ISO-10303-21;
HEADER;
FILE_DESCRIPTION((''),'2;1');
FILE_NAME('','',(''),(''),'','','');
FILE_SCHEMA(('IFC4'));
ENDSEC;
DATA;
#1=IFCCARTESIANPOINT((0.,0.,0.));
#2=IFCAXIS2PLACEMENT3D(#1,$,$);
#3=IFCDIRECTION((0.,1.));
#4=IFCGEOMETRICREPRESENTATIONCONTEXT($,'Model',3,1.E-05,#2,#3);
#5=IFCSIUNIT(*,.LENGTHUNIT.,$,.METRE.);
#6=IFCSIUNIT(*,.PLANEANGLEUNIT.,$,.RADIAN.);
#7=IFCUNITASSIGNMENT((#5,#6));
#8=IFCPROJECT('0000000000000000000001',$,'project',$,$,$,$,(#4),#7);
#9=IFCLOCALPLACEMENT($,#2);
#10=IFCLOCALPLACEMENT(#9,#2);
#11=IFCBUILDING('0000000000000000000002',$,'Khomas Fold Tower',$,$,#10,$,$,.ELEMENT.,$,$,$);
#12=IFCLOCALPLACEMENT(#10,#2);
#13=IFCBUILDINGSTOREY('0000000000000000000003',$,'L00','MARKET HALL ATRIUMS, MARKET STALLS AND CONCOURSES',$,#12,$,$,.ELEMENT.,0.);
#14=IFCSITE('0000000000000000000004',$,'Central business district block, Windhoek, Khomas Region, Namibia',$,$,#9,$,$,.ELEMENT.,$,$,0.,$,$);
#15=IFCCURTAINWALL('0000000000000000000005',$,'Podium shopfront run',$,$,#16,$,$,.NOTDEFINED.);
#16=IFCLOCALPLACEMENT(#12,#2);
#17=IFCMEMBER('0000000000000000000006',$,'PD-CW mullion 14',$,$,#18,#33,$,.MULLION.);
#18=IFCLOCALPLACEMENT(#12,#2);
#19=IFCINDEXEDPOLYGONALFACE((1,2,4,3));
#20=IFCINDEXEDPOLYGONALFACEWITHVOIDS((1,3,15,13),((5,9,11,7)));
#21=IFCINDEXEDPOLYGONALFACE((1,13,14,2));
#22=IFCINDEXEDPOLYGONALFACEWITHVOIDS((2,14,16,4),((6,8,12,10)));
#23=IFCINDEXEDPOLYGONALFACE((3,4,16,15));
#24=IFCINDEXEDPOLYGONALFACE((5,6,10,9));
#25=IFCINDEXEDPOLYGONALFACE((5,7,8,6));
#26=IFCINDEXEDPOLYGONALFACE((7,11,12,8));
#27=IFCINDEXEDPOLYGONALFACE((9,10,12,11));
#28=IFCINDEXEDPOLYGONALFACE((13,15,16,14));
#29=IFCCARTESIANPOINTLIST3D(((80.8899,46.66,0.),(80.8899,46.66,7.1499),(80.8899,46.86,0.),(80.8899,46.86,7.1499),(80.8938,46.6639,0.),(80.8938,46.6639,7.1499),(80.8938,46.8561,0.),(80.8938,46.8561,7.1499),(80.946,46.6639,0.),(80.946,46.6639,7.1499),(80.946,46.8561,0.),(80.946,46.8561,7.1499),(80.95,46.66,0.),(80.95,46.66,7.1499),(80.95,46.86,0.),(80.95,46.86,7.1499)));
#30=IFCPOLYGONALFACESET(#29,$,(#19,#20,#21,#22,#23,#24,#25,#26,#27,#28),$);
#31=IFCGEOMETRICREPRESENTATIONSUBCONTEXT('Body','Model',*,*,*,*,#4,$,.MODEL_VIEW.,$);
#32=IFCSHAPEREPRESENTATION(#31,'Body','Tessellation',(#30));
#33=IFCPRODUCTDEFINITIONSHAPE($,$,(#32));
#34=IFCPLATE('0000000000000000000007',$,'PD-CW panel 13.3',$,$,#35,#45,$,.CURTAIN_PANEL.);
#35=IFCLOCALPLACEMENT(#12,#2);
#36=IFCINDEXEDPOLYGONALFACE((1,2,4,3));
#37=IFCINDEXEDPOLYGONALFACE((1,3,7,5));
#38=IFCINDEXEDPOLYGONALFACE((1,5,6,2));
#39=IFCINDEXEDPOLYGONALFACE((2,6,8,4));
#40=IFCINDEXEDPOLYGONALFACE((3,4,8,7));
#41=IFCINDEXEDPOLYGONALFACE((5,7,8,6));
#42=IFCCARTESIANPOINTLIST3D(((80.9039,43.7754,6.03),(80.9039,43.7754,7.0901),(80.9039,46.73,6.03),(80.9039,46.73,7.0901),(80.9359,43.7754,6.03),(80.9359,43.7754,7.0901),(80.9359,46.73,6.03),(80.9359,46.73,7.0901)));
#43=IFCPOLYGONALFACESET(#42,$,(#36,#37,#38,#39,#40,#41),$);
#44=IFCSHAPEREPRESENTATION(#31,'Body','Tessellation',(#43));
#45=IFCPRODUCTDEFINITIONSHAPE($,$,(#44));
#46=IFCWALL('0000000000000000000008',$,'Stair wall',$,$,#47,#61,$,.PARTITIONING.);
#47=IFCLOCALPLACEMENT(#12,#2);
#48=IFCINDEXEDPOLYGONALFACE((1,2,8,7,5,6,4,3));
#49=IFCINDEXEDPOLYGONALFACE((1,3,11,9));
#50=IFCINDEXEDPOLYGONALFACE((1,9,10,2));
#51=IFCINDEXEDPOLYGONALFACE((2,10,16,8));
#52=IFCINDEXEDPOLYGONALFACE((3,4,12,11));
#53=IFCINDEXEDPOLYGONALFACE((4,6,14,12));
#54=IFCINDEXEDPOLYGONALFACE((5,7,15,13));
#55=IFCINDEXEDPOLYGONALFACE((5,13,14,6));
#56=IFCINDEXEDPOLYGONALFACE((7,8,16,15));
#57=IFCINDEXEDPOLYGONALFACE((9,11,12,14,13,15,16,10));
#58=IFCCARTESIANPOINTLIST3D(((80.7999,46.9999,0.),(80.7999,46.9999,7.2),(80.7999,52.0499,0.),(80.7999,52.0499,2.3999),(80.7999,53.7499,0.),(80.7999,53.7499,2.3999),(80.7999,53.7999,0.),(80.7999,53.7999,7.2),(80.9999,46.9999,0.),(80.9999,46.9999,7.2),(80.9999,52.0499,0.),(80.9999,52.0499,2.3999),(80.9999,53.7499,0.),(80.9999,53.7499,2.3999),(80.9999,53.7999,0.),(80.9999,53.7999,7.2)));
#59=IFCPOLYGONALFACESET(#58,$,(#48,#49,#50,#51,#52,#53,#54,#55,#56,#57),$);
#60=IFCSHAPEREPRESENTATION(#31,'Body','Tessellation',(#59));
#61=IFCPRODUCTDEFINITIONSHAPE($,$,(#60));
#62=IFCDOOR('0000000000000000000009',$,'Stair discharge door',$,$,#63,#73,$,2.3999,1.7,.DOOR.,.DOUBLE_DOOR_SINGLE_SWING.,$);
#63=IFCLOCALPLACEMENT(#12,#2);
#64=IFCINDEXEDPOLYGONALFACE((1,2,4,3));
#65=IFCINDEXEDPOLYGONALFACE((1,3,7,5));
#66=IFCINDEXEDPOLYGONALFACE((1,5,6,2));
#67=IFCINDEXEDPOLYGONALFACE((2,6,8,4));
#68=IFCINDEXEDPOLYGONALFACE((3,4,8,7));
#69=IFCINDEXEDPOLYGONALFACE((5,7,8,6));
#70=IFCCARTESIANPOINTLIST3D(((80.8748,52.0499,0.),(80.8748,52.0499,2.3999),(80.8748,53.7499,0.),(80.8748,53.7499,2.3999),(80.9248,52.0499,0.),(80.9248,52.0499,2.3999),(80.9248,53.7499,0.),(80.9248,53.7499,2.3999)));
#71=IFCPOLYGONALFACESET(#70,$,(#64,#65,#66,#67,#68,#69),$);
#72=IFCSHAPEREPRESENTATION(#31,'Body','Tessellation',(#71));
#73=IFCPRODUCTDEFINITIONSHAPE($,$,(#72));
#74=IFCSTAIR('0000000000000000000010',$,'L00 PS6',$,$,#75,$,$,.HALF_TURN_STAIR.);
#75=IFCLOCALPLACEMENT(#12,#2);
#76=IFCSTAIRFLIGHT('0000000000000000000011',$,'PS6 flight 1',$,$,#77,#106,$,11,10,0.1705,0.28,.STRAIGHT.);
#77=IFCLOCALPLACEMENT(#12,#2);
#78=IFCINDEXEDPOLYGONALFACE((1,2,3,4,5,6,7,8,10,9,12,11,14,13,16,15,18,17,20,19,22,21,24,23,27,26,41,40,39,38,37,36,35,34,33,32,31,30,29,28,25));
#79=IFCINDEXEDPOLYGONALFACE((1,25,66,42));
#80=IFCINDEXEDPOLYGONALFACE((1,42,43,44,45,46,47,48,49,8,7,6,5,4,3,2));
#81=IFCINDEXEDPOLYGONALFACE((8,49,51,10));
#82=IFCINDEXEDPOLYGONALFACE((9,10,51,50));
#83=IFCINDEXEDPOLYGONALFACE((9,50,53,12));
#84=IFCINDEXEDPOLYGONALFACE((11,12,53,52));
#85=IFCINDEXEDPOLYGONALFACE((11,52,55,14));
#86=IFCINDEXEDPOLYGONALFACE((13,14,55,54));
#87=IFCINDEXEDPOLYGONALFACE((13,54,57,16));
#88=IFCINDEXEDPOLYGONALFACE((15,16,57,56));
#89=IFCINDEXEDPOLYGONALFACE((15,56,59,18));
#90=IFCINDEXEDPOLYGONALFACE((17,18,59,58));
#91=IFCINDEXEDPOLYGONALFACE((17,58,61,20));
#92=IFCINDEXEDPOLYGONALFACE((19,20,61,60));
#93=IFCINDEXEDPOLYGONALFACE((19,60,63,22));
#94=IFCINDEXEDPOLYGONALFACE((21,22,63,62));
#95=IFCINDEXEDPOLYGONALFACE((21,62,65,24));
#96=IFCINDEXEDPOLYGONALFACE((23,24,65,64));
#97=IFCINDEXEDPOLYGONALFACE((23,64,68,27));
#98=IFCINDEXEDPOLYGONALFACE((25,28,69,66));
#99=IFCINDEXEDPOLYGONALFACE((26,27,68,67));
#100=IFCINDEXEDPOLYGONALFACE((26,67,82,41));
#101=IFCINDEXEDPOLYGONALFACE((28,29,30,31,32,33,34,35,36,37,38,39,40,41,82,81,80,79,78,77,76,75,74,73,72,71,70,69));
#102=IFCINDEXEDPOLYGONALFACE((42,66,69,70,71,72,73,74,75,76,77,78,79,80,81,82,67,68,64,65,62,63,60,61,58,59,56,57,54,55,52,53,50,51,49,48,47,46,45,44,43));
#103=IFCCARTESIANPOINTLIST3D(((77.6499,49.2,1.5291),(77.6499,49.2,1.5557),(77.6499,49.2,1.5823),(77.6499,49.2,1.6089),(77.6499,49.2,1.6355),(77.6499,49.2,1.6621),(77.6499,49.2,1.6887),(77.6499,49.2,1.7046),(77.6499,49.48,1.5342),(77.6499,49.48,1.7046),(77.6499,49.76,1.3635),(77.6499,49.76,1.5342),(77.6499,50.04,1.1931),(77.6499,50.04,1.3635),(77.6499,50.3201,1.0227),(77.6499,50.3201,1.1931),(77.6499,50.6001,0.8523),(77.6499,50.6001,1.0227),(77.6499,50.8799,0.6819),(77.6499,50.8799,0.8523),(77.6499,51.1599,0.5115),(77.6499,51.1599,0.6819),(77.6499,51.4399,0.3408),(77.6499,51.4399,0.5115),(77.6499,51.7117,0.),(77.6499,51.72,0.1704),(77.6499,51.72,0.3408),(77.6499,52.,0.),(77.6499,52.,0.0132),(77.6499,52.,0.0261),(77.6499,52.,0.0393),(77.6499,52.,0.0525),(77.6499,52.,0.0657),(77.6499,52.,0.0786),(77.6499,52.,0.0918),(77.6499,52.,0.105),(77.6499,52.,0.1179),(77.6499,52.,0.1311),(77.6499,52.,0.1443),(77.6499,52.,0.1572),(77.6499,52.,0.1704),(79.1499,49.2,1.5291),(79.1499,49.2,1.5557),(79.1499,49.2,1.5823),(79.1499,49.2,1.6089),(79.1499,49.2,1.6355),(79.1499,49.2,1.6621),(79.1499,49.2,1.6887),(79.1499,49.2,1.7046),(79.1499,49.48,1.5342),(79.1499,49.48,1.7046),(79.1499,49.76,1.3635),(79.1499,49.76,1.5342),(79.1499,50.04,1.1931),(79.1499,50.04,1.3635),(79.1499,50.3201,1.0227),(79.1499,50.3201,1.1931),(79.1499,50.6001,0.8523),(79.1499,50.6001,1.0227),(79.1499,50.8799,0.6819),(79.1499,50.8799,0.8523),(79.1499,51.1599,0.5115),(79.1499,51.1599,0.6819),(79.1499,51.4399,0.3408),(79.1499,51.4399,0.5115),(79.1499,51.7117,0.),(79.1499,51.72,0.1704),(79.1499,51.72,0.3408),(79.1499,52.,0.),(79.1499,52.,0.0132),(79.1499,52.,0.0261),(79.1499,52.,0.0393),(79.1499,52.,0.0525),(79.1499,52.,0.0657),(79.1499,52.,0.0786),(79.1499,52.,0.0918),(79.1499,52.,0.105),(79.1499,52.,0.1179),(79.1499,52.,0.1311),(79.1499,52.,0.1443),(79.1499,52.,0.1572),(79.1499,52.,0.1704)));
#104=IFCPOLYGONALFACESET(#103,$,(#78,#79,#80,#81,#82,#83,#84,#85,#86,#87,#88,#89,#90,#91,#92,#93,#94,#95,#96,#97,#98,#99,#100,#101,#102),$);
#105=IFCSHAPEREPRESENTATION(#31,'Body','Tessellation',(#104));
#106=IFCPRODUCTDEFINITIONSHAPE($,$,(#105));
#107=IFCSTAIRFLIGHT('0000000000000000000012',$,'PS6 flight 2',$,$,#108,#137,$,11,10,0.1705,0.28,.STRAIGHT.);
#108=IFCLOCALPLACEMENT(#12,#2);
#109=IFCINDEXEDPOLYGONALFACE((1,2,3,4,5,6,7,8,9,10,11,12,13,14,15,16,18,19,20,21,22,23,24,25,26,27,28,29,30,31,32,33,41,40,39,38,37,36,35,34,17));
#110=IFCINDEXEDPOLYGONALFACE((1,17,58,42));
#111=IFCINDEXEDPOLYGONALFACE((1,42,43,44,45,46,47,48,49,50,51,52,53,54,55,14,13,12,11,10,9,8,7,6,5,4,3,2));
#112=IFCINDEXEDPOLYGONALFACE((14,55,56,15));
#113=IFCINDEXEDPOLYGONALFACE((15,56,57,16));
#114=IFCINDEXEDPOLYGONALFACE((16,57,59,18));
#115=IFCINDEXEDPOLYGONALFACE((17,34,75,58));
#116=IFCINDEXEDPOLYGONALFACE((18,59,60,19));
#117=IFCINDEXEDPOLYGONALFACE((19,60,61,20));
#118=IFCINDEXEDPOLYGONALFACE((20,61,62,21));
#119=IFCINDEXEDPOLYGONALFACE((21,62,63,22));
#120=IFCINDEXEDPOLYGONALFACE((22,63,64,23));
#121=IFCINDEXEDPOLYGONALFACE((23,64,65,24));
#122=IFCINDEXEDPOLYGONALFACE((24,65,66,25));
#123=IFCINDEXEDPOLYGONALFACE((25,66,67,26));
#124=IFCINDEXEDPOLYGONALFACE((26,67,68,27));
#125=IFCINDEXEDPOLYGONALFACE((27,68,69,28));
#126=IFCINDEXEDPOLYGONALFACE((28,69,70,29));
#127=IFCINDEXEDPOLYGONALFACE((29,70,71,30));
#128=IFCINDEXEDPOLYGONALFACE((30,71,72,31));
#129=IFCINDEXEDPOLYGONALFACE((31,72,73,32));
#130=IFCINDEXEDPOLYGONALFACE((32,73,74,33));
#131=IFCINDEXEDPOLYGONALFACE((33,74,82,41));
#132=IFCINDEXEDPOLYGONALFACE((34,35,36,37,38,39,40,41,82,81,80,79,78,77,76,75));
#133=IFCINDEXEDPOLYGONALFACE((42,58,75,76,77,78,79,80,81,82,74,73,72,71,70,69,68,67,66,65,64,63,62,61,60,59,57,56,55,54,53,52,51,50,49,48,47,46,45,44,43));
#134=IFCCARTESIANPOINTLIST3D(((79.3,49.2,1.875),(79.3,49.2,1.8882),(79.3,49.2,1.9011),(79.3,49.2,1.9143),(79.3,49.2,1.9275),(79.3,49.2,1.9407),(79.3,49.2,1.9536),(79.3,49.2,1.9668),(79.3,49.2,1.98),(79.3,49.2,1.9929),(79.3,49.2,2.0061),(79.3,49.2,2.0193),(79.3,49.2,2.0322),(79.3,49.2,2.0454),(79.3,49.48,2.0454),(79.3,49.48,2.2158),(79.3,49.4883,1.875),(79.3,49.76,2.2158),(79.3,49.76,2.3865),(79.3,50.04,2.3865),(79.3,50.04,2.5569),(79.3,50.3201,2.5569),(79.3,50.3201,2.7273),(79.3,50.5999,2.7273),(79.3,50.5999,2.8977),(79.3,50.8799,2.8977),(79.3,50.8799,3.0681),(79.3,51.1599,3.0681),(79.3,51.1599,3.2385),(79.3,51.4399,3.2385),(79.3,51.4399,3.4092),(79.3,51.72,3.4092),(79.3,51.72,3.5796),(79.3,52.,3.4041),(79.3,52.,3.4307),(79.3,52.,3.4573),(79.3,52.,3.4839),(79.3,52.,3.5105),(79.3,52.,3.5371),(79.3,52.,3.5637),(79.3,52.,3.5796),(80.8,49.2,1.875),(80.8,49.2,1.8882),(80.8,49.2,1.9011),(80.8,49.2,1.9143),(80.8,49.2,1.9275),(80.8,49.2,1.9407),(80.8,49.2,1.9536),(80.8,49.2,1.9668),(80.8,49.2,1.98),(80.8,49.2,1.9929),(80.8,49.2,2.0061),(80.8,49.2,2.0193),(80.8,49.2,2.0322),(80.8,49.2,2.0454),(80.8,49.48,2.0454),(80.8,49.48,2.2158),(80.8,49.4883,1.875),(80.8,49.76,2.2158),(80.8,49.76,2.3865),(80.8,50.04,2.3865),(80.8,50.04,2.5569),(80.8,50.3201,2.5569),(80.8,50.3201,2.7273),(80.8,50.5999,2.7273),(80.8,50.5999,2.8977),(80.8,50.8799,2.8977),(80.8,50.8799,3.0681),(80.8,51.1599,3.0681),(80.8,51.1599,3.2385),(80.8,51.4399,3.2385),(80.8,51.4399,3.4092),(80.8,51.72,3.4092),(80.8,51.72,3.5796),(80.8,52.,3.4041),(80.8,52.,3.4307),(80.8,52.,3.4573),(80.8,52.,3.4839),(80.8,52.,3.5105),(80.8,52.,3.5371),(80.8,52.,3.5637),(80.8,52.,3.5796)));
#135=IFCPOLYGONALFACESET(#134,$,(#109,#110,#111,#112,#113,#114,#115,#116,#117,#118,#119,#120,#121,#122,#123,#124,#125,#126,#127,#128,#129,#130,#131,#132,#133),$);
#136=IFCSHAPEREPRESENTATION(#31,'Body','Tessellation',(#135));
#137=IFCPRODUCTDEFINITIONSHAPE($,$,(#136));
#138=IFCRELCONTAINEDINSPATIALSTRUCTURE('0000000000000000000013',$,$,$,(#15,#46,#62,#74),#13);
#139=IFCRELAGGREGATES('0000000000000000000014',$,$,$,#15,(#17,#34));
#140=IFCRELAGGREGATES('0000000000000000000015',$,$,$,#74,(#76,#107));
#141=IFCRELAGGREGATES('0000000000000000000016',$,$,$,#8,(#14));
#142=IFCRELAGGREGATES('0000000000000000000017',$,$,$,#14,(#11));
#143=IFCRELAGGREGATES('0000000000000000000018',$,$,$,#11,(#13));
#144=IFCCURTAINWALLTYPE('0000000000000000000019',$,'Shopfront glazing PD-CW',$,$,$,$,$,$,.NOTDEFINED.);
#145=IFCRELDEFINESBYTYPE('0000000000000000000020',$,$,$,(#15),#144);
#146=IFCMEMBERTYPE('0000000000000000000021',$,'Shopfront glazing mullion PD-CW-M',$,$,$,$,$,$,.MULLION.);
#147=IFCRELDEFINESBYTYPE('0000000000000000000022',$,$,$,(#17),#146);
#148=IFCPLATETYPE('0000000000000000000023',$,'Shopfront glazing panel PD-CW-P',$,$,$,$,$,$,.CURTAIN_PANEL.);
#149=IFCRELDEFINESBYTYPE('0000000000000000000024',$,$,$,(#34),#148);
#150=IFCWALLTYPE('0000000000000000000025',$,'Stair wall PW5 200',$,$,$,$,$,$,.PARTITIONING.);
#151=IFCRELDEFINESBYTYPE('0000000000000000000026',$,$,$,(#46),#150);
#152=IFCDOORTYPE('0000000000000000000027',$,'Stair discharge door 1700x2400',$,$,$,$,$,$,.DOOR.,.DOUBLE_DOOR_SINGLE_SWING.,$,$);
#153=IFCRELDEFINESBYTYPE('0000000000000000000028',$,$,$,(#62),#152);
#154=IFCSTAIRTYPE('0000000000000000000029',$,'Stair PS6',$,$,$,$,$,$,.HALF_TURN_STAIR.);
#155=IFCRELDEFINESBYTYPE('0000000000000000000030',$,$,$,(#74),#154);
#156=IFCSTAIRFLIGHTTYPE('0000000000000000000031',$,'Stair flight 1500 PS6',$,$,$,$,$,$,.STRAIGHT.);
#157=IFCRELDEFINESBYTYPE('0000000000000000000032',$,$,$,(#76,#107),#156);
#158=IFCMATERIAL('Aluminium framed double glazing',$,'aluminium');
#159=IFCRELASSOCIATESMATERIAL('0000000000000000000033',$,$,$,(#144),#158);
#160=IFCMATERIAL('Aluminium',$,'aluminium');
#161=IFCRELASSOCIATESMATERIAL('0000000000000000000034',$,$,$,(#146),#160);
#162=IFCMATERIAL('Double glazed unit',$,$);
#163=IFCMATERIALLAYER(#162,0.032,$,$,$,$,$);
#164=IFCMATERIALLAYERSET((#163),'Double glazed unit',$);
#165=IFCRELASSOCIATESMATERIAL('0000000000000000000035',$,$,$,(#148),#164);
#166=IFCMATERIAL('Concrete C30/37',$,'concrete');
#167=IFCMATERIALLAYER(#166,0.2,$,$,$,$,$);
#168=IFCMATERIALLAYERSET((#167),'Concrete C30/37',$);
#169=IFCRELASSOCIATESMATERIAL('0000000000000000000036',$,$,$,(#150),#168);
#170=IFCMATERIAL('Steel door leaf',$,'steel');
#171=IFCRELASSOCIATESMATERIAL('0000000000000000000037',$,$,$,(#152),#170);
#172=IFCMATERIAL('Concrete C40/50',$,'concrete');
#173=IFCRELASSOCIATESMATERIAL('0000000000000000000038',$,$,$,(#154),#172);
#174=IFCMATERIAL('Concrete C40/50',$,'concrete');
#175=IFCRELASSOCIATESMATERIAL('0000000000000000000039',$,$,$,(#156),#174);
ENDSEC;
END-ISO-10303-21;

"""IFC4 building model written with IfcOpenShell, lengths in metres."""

from ifc_helpers import new_model, si_unit, direction, frame, frame_2d, origin, origin_2d, place, context, subcontext, project, spatial, polyline, rectangle, hollow_rectangle, outline, extrude, source, transform, mapped, material, layer, layer_set, material_profile, profile_set, type_object, element, fill, aggregate, save


model = new_model("IFC4")

# Units and contexts
model_context = context("Model", 3, precision=1e-05, world=origin(), true_north=direction((0.0, 1.0)))
body_context = subcontext(model_context, "Body", "Model", "MODEL_VIEW")
ifc_project = project(units=[si_unit("LENGTHUNIT", "METRE"), si_unit("PLANEANGLEUNIT", "RADIAN")], contexts=[model_context])

# Site, building, storey
site_placement = place(None, origin())
site = spatial("IfcSite", under=ifc_project, at=site_placement, Name="Central business district block, Windhoek, Khomas Region, Namibia", CompositionType="ELEMENT", RefElevation=0.0)
building_placement = place(site_placement, origin())
building = spatial("IfcBuilding", under=site, at=building_placement, Name="Khomas Fold Tower", CompositionType="ELEMENT")
storey_placement = place(building_placement, origin())
storey = spatial("IfcBuildingStorey", under=building, at=storey_placement, Name="L00", Description="MARKET HALL ATRIUMS, MARKET STALLS AND CONCOURSES", CompositionType="ELEMENT", Elevation=0.0)

# Curtain wall, member, plate
ifc_material_1 = material(Name="Aluminium framed double glazing", Category="aluminium")
curtain_wall_type = type_object("IfcCurtainWallType", Name="Shopfront glazing PD-CW", PredefinedType="NOTDEFINED", material=ifc_material_1)
curtain_wall_placement = place(storey_placement, origin())
curtain_wall = element("IfcCurtainWall", 1, at=curtain_wall_placement, inside=storey, type_object=curtain_wall_type, Name="Podium shopfront run", PredefinedType="NOTDEFINED")
ifc_material_2 = material(Name="Aluminium", Category="aluminium")
ifc_material_profile = material_profile(ifc_material_2, hollow_rectangle(XDim=0.0601, YDim=0.2, WallThickness=0.0039, at=origin_2d()), Name="Shopfront glazing mullion PD-CW-M")
ifc_profile_set = profile_set([ifc_material_profile], Name="Aluminium")
member_type = type_object("IfcMemberType", Name="Shopfront glazing mullion PD-CW-M", PredefinedType="MULLION", material=ifc_profile_set)
shared_shape_1 = source(origin(), body_context, "Body", "SweptSolid", [
    extrude(hollow_rectangle(XDim=0.0601, YDim=0.2, WallThickness=0.0039, at=origin_2d()), origin(), (0.0, 0.0, 1.0), 7.1499),
])
member_placement = place(storey_placement, frame((80.9199, 46.76, 0.0), z_axis=(0.0, 0.0, 1.0), x_axis=(-1.0, 0.0, 0.0)))
member = element("IfcMember", 2, at=member_placement, type_object=member_type, Name="PD-CW mullion 14", PredefinedType="MULLION", context=body_context, shape_type="MappedRepresentation", body=[
    mapped(shared_shape_1, transform((0.0, 0.0, 0.0))),
])
ifc_material_3 = material(Name="Double glazed unit")
ifc_layer_1 = layer(ifc_material_3, 0.032)
ifc_layer_set_1 = layer_set([ifc_layer_1], Name="Double glazed unit")
plate_type = type_object("IfcPlateType", Name="Shopfront glazing panel PD-CW-P", PredefinedType="CURTAIN_PANEL", material=ifc_layer_set_1)
shared_shape_2 = source(origin(), body_context, "Body", "SweptSolid", [
    extrude(rectangle(XDim=2.9546, YDim=0.032, at=origin_2d()), origin(), (0.0, 0.0, 1.0), 1.0601),
])
plate_placement = place(storey_placement, frame((80.9199, 45.2527, 6.03), z_axis=(0.0, 0.0, 1.0), x_axis=(0.0, 1.0, 0.0)))
plate = element("IfcPlate", 3, at=plate_placement, type_object=plate_type, Name="PD-CW panel 13.3", PredefinedType="CURTAIN_PANEL", context=body_context, shape_type="MappedRepresentation", body=[
    mapped(shared_shape_2, transform((0.0, 0.0, 0.0))),
])
aggregate(curtain_wall, [member, plate])

# Wall, opening, door
ifc_material_4 = material(Name="Concrete C30/37", Category="concrete")
ifc_layer_2 = layer(ifc_material_4, 0.2)
ifc_layer_set_2 = layer_set([ifc_layer_2], Name="Concrete C30/37")
wall_type = type_object("IfcWallType", Name="Stair wall PW5 200", PredefinedType="PARTITIONING", material=ifc_layer_set_2)
shared_shape_3 = source(origin(), body_context, "Body", "SweptSolid", [
    extrude(rectangle(XDim=6.8, YDim=0.2, at=frame_2d((3.3999, 0.0))), origin(), (0.0, 0.0, 1.0), 7.2),
])
wall_placement = place(storey_placement, frame((80.8999, 47.0, 0.0), z_axis=(0.0, 0.0, 1.0), x_axis=(0.0, 1.0, 0.0)))
wall = element("IfcWall", 4, at=wall_placement, inside=storey, type_object=wall_type, Name="Stair wall", PredefinedType="PARTITIONING", context=body_context, shape_type="MappedRepresentation", body=[
    mapped(shared_shape_3, transform((0.0, 0.0, 0.0))),
])
shared_shape_4 = source(origin(), body_context, "Body", "SweptSolid", [
    extrude(rectangle(XDim=1.7, YDim=2.3999, at=frame_2d((0.8501, 1.2))), frame((0.0, 0.1099, 0.0), z_axis=(0.0, -1.0, 0.0), x_axis=(1.0, 0.0, 0.0)), (0.0, 0.0, 1.0), 0.22),
])
opening_placement = place(wall_placement, frame((6.75, 0.0, 0.0), z_axis=(0.0, 0.0, 1.0), x_axis=(-1.0, 0.0, 0.0)))
opening = element("IfcOpeningElement", 5, at=opening_placement, cuts=wall, PredefinedType="OPENING", context=body_context, shape_type="MappedRepresentation", body=[
    mapped(shared_shape_4, transform((0.0, 0.0, 0.0))),
])
ifc_material_5 = material(Name="Steel door leaf", Category="steel")
door_type = type_object("IfcDoorType", Name="Stair discharge door 1700x2400", OperationType="DOUBLE_DOOR_SINGLE_SWING", PredefinedType="DOOR", material=ifc_material_5)
shared_shape_5 = source(origin(), body_context, "Body", "SweptSolid", [
    extrude(rectangle(XDim=1.7, YDim=2.3999, at=frame_2d((0.8501, 1.2))), frame((0.0, 0.0249, 0.0), z_axis=(0.0, -1.0, 0.0), x_axis=(1.0, 0.0, 0.0)), (0.0, 0.0, 1.0), 0.05),
])
door_placement = place(opening_placement, origin())
door = element("IfcDoor", 6, at=door_placement, inside=storey, type_object=door_type, Name="Stair discharge door", OperationType="DOUBLE_DOOR_SINGLE_SWING", OverallHeight=2.3999, OverallWidth=1.7, PredefinedType="DOOR", context=body_context, shape_type="MappedRepresentation", body=[
    mapped(shared_shape_5, transform((0.0, 0.0, 0.0))),
])
fill(opening, door)

# Stair, stair flights
ifc_material_6 = material(Name="Concrete C40/50", Category="concrete")
stair_type = type_object("IfcStairType", Name="Stair PS6", PredefinedType="HALF_TURN_STAIR", material=ifc_material_6)
stair_placement = place(storey_placement, origin())
stair = element("IfcStair", 7, at=stair_placement, inside=storey, type_object=stair_type, Name="L00 PS6", PredefinedType="HALF_TURN_STAIR")
ifc_material_7 = material(Name="Concrete C40/50", Category="concrete")
stair_flight_type = type_object("IfcStairFlightType", Name="Stair flight 1500 PS6", PredefinedType="STRAIGHT", material=ifc_material_7)
shared_shape_6 = source(origin(), body_context, "Body", "SweptSolid", [
    extrude(outline(polyline([(0.0, 0.0), (0.0, 0.0132), (0.0, 0.0261), (0.0, 0.0393), (0.0, 0.0525), (0.0, 0.0657), (0.0, 0.0786), (0.0, 0.0918), (0.0, 0.105), (0.0, 0.1179), (0.0, 0.1311), (0.0, 0.1443), (0.0, 0.1572), (0.0, 0.1704), (0.28, 0.1704), (0.28, 0.3408), (0.5601, 0.3408), (0.5601, 0.5115), (0.8401, 0.5115), (0.8401, 0.6819), (1.1201, 0.6819), (1.1201, 0.8523), (1.3999, 0.8523), (1.3999, 1.0227), (1.6799, 1.0227), (1.6799, 1.1931), (1.96, 1.1931), (1.96, 1.3635), (2.24, 1.3635), (2.24, 1.5342), (2.52, 1.5342), (2.52, 1.7046), (2.8, 1.7046), (2.8, 1.875), (2.8, 1.8484), (2.8, 1.8218), (2.8, 1.7952), (2.8, 1.7686), (2.8, 1.7419), (2.8, 1.7153), (2.8, 1.6887), (2.8, 1.6621), (2.8, 1.6355), (2.8, 1.6089), (2.8, 1.5823), (2.8, 1.5557), (2.8, 1.5291), (0.2883, 0.0), (0.0, 0.0)])), frame((0.0, 0.75, 0.0), z_axis=(0.0, -1.0, 0.0), x_axis=(1.0, 0.0, 0.0)), (0.0, 0.0, 1.0), 1.5),
])
stair_flight_1_placement = place(storey_placement, frame((78.3999, 52.0, 0.0), z_axis=(0.0, 0.0, 1.0), x_axis=(0.0, -1.0, 0.0)))
stair_flight_1 = element("IfcStairFlight", 8, at=stair_flight_1_placement, type_object=stair_flight_type, Name="PS6 flight 1", NumberOfRisers=11, NumberOfTreads=10, PredefinedType="STRAIGHT", RiserHeight=0.1705, TreadLength=0.28, context=body_context, shape_type="MappedRepresentation", body=[
    mapped(shared_shape_6, transform((0.0, 0.0, 0.0))),
])
stair_flight_2_placement = place(storey_placement, frame((80.05, 49.2, 1.875), z_axis=(0.0, 0.0, 1.0), x_axis=(0.0, 1.0, 0.0)))
stair_flight_2 = element("IfcStairFlight", 9, at=stair_flight_2_placement, type_object=stair_flight_type, Name="PS6 flight 2", NumberOfRisers=11, NumberOfTreads=10, PredefinedType="STRAIGHT", RiserHeight=0.1705, TreadLength=0.28, context=body_context, shape_type="MappedRepresentation", body=[
    mapped(shared_shape_6, transform((0.0, 0.0, 0.0))),
])
aggregate(stair, [stair_flight_1, stair_flight_2])

save(model, "model.ifc")
